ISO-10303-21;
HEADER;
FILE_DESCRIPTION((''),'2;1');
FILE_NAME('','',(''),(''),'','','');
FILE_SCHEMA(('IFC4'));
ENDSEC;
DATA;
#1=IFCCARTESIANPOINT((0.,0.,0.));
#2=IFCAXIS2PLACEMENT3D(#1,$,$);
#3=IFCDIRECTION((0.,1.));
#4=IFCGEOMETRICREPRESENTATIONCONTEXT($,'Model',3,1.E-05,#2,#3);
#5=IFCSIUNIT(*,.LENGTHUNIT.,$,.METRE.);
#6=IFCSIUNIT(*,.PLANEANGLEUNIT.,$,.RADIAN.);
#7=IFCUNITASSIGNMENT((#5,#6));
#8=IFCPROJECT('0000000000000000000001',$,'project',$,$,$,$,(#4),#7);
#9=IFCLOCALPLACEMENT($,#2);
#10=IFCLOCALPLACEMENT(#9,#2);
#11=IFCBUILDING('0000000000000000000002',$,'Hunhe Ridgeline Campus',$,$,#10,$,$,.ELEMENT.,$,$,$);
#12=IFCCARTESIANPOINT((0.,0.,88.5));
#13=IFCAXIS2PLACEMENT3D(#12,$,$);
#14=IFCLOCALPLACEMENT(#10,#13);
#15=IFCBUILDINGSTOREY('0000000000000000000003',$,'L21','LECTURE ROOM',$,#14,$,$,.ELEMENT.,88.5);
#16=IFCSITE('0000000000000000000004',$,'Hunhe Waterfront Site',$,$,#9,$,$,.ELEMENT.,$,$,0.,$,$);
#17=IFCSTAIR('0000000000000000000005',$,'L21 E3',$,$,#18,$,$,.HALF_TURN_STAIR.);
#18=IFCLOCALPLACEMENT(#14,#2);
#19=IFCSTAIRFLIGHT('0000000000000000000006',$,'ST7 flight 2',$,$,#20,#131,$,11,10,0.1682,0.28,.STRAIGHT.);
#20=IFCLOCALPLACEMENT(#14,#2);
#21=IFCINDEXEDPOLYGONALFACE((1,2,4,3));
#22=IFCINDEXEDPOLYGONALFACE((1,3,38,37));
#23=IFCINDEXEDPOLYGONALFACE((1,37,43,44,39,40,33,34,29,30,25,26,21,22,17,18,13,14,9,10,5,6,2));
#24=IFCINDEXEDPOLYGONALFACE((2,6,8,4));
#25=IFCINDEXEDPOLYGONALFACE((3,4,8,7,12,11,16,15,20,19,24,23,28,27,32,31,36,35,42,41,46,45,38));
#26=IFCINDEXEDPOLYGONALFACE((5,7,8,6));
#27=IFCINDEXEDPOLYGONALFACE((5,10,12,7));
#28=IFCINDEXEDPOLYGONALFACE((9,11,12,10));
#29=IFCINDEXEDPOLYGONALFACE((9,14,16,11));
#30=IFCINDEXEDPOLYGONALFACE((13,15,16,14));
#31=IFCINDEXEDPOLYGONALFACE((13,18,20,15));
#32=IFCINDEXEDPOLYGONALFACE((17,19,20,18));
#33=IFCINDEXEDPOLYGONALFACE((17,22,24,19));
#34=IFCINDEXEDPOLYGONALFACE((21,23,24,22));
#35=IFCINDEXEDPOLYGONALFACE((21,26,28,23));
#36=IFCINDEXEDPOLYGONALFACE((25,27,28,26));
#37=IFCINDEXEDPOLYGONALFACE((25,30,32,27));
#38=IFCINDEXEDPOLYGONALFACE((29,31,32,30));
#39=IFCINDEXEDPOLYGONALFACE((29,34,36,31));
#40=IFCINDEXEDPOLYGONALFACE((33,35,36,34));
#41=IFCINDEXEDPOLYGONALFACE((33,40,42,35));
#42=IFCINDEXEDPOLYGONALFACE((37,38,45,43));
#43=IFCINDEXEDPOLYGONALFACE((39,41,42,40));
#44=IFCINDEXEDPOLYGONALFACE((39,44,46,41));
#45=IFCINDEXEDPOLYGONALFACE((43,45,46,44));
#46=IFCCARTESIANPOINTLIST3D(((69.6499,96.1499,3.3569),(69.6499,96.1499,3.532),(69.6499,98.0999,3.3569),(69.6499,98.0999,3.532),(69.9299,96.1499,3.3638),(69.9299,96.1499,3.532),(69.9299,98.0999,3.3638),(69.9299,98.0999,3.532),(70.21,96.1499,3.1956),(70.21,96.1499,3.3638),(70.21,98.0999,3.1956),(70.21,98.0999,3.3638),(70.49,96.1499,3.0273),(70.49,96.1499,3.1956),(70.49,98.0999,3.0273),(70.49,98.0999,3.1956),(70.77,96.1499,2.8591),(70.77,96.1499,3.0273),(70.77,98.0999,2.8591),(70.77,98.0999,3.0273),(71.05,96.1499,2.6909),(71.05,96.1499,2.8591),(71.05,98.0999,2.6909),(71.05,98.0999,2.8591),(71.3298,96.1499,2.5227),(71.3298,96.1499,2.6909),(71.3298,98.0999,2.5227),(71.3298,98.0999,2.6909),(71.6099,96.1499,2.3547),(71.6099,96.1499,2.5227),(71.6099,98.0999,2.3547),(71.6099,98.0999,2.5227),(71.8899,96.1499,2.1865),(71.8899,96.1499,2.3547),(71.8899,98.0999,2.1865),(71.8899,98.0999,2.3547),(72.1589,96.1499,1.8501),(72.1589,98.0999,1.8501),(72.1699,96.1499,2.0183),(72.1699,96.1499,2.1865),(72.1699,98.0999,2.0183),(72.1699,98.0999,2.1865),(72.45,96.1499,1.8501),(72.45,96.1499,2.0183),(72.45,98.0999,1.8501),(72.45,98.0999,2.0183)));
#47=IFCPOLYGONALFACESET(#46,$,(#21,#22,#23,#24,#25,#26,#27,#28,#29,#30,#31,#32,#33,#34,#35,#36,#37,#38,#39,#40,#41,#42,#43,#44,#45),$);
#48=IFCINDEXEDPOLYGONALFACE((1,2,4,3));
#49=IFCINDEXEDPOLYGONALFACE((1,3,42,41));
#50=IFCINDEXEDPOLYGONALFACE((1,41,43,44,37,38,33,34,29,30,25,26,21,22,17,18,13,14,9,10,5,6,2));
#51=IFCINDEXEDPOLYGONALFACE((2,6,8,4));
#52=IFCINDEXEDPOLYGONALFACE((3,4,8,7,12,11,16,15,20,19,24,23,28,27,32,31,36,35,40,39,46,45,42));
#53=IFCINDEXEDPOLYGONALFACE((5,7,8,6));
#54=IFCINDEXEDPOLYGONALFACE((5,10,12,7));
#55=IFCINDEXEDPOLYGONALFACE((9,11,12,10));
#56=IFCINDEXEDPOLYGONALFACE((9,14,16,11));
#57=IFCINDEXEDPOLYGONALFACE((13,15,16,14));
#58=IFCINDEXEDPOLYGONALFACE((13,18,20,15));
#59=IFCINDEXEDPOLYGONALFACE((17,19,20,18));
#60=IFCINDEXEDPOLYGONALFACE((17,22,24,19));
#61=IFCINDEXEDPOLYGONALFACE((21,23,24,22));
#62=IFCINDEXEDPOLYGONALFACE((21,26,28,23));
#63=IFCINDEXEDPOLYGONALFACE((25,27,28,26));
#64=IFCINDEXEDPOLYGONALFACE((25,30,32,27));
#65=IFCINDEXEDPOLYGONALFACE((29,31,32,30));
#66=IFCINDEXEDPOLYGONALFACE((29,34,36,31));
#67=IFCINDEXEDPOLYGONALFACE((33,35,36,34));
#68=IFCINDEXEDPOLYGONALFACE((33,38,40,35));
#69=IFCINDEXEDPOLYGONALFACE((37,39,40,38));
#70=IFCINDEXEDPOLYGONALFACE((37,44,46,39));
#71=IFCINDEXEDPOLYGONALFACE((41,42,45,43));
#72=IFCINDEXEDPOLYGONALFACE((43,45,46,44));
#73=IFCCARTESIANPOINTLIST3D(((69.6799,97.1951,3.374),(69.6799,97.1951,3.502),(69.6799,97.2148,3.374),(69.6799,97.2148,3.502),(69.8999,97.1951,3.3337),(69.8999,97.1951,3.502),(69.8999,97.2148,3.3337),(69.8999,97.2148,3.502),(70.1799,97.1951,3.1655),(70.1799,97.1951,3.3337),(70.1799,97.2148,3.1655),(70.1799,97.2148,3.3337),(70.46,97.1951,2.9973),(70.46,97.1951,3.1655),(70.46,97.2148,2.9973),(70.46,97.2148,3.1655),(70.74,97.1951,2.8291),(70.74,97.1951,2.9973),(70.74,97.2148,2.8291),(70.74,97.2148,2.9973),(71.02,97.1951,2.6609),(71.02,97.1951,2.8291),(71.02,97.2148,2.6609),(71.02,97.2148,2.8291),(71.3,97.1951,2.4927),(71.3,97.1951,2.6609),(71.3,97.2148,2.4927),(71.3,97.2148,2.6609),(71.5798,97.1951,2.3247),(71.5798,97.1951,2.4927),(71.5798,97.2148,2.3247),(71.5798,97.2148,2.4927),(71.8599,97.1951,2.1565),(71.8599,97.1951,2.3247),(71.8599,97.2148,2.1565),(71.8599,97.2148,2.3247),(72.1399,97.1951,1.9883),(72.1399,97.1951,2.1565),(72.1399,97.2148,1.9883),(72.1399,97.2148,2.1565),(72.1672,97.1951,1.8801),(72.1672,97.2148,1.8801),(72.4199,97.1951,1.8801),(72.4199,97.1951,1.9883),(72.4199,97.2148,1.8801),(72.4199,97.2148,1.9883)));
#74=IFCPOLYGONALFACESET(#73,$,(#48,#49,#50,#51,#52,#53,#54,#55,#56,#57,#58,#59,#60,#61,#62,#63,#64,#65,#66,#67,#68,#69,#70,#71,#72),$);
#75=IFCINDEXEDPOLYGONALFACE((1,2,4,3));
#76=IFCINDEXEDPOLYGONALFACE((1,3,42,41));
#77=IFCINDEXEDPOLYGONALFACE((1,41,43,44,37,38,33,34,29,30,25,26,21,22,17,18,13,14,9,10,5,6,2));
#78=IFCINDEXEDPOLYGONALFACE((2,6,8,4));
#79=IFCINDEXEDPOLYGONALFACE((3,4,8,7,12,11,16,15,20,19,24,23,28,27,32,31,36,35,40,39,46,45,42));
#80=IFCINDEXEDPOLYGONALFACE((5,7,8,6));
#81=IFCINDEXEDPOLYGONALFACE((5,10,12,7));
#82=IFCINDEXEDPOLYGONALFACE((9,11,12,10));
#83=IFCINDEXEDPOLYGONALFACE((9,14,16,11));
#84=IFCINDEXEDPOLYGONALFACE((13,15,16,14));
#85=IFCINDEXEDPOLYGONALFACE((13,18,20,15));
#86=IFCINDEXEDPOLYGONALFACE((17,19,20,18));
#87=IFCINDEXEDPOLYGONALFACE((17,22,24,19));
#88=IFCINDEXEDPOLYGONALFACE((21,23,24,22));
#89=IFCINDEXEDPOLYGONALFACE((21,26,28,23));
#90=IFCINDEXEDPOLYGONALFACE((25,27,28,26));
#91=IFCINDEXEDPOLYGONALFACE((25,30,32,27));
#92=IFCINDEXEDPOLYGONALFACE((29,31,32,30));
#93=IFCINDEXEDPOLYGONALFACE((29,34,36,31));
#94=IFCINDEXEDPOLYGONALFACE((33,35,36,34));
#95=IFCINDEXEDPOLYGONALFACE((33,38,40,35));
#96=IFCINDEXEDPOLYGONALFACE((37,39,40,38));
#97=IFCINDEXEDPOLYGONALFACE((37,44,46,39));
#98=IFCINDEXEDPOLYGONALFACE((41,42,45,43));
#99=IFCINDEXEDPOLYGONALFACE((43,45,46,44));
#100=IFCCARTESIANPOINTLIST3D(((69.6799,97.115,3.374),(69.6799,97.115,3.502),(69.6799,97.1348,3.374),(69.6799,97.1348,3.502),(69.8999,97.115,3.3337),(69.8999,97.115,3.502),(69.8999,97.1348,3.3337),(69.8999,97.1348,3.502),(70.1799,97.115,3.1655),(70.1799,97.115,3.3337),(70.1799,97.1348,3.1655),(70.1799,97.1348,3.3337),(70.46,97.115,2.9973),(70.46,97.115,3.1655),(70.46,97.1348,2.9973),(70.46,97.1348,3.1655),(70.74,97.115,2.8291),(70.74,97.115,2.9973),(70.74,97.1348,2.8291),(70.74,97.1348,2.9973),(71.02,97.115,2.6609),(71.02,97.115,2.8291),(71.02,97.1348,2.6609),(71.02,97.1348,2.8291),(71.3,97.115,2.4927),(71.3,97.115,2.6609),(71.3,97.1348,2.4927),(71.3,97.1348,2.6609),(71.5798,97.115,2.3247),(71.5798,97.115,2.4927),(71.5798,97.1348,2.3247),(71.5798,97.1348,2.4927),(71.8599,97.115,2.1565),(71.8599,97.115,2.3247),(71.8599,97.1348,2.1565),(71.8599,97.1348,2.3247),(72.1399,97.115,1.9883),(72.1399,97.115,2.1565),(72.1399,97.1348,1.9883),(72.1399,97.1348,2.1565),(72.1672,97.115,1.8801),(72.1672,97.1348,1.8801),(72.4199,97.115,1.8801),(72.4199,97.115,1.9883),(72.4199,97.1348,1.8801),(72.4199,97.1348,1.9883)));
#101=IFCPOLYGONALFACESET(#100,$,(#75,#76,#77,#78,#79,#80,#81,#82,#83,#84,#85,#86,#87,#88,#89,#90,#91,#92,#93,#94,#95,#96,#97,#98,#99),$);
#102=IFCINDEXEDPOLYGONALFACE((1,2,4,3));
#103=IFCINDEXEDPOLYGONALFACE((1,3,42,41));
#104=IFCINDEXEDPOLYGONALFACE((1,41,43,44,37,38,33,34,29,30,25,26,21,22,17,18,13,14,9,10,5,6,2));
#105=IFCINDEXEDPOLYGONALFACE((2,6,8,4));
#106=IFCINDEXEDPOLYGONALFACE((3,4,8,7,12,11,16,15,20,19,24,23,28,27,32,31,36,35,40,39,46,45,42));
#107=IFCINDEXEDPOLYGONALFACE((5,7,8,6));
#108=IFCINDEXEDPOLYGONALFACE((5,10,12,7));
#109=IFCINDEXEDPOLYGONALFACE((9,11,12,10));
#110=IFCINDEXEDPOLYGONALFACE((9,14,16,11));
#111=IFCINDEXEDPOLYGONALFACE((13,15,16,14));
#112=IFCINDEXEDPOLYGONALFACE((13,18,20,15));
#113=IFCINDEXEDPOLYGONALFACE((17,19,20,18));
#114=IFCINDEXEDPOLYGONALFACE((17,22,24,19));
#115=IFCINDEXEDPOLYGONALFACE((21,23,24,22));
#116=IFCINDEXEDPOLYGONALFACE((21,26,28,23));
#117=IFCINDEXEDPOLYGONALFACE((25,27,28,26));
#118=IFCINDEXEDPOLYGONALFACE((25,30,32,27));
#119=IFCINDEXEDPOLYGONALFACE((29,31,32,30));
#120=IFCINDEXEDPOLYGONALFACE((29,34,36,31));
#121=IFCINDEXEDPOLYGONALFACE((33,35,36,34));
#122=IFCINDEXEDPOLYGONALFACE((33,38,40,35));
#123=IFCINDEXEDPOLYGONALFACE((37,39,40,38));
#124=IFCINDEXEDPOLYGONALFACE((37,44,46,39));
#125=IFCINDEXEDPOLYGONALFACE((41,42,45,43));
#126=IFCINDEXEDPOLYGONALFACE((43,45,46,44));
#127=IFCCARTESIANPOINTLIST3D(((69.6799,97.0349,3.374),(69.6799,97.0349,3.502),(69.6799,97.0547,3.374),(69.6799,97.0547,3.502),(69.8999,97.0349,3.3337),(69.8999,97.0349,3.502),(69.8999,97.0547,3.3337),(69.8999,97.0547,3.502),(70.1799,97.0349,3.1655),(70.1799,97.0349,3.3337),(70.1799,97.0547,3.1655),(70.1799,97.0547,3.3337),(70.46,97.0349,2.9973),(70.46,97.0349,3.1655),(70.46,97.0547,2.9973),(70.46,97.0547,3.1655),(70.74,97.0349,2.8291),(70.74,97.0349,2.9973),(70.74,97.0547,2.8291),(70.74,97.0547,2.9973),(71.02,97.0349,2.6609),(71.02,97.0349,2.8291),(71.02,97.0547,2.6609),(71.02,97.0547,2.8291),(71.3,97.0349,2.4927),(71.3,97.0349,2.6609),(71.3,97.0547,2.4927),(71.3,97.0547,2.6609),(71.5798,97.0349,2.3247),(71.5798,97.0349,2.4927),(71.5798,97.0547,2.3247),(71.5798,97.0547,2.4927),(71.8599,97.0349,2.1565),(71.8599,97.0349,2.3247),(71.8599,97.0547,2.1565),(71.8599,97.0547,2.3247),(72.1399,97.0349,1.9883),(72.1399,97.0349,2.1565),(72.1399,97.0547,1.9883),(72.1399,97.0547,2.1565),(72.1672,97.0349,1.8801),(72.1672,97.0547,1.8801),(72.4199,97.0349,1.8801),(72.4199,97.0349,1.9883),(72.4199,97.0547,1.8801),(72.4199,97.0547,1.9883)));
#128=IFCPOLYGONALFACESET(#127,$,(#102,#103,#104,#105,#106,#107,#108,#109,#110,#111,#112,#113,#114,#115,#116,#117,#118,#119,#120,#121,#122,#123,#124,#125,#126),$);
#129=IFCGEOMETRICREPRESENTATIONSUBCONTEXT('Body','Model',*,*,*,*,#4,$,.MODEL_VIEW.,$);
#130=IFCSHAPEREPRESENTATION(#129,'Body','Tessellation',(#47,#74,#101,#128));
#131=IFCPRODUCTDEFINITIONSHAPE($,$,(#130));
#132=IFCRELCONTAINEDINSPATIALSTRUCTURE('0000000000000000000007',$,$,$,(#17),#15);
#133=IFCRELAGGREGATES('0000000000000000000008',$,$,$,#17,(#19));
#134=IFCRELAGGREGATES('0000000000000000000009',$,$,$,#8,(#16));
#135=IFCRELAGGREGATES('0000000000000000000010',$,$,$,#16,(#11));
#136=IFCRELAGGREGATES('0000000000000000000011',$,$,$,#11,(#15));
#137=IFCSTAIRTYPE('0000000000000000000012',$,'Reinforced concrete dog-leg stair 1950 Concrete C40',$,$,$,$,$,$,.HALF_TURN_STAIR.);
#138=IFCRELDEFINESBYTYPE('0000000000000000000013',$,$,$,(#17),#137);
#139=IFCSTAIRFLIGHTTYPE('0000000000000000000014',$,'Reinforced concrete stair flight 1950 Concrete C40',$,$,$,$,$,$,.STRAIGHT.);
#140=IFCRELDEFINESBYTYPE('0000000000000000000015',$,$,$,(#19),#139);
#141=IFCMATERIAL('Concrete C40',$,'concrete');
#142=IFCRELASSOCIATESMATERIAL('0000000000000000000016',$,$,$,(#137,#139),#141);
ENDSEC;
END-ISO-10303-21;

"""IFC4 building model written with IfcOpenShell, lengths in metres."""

from ifc_helpers import new_model, si_unit, direction, frame, origin, place, context, subcontext, project, spatial, polyline, outline, extrude, material, type_object, element, aggregate, save


model = new_model("IFC4")

# Units and contexts
model_context = context("Model", 3, precision=1e-05, world=origin(), true_north=direction((0.0, 1.0)))
body_context = subcontext(model_context, "Body", "Model", "MODEL_VIEW")
ifc_project = project(units=[si_unit("LENGTHUNIT", "METRE"), si_unit("PLANEANGLEUNIT", "RADIAN")], contexts=[model_context])

# Site, building, storey
site_placement = place(None, origin())
site = spatial("IfcSite", under=ifc_project, at=site_placement, Name="Hunhe Waterfront Site", CompositionType="ELEMENT", RefElevation=0.0)
building_placement = place(site_placement, origin())
building = spatial("IfcBuilding", under=site, at=building_placement, Name="Hunhe Ridgeline Campus", CompositionType="ELEMENT")
storey_placement = place(building_placement, frame((0.0, 0.0, 88.5)))
storey = spatial("IfcBuildingStorey", under=building, at=storey_placement, Name="L21", Description="LECTURE ROOM", CompositionType="ELEMENT", Elevation=88.5)

# Stair, stair flight
ifc_material_1 = material(Name="Concrete C40", Category="concrete")
stair_type = type_object("IfcStairType", Name="Reinforced concrete dog-leg stair 1950 Concrete C40", PredefinedType="HALF_TURN_STAIR", material=ifc_material_1)
stair_placement = place(storey_placement, origin())
stair = element("IfcStair", 1, at=stair_placement, inside=storey, type_object=stair_type, Name="L21 E3", PredefinedType="HALF_TURN_STAIR")
stair_flight_type = type_object("IfcStairFlightType", Name="Reinforced concrete stair flight 1950 Concrete C40", PredefinedType="STRAIGHT", material=ifc_material_1)
stair_flight_placement = place(storey_placement, frame((72.45, 97.125, 1.8501), z_axis=(0.0, 0.0, 1.0), x_axis=(-1.0, 0.0, 0.0)))
stair_flight = element("IfcStairFlight", 2, at=stair_flight_placement, type_object=stair_flight_type, Name="ST7 flight 2", NumberOfRisers=11, NumberOfTreads=10, PredefinedType="STRAIGHT", RiserHeight=0.1682, TreadLength=0.28, context=body_context, shape_type="SweptSolid", body=[
    extrude(outline(polyline([(0.0, 0.0), (0.0, 0.1682), (0.28, 0.1682), (0.28, 0.3364), (0.5601, 0.3364), (0.5601, 0.5046), (0.8401, 0.5046), (0.8401, 0.6726), (1.1201, 0.6726), (1.1201, 0.8408), (1.3999, 0.8408), (1.3999, 1.009), (1.6799, 1.009), (1.6799, 1.1772), (1.96, 1.1772), (1.96, 1.3455), (2.24, 1.3455), (2.24, 1.5137), (2.52, 1.5137), (2.52, 1.6819), (2.8, 1.6819), (2.8, 1.8501), (2.8, 1.5068), (0.291, 0.0), (0.0, 0.0)])), frame((0.0, 0.9751, 0.0), z_axis=(0.0, -1.0, 0.0), x_axis=(1.0, 0.0, 0.0)), (0.0, 0.0, 1.0), 1.95),
    extrude(outline(polyline([(0.03, 0.03), (0.03, 0.1382), (0.3101, 0.1382), (0.3101, 0.3064), (0.5901, 0.3064), (0.5901, 0.4746), (0.8701, 0.4746), (0.8701, 0.6426), (1.1499, 0.6426), (1.1499, 0.8108), (1.4299, 0.8108), (1.4299, 0.979), (1.71, 0.979), (1.71, 1.1472), (1.99, 1.1472), (1.99, 1.3154), (2.27, 1.3154), (2.27, 1.4836), (2.55, 1.4836), (2.55, 1.6519), (2.77, 1.6519), (2.77, 1.5239), (0.2827, 0.03), (0.03, 0.03)])), frame((0.0, -0.0701, 0.0), z_axis=(0.0, -1.0, 0.0), x_axis=(1.0, 0.0, 0.0)), (0.0, 0.0, 1.0), 0.0198),
    extrude(outline(polyline([(0.03, 0.03), (0.03, 0.1382), (0.3101, 0.1382), (0.3101, 0.3064), (0.5901, 0.3064), (0.5901, 0.4746), (0.8701, 0.4746), (0.8701, 0.6426), (1.1499, 0.6426), (1.1499, 0.8108), (1.4299, 0.8108), (1.4299, 0.979), (1.71, 0.979), (1.71, 1.1472), (1.99, 1.1472), (1.99, 1.3154), (2.27, 1.3154), (2.27, 1.4836), (2.55, 1.4836), (2.55, 1.6519), (2.77, 1.6519), (2.77, 1.5239), (0.2827, 0.03), (0.03, 0.03)])), frame((0.0, 0.01, 0.0), z_axis=(0.0, -1.0, 0.0), x_axis=(1.0, 0.0, 0.0)), (0.0, 0.0, 1.0), 0.0198),
    extrude(outline(polyline([(0.03, 0.03), (0.03, 0.1382), (0.3101, 0.1382), (0.3101, 0.3064), (0.5901, 0.3064), (0.5901, 0.4746), (0.8701, 0.4746), (0.8701, 0.6426), (1.1499, 0.6426), (1.1499, 0.8108), (1.4299, 0.8108), (1.4299, 0.979), (1.71, 0.979), (1.71, 1.1472), (1.99, 1.1472), (1.99, 1.3154), (2.27, 1.3154), (2.27, 1.4836), (2.55, 1.4836), (2.55, 1.6519), (2.77, 1.6519), (2.77, 1.5239), (0.2827, 0.03), (0.03, 0.03)])), frame((0.0, 0.0901, 0.0), z_axis=(0.0, -1.0, 0.0), x_axis=(1.0, 0.0, 0.0)), (0.0, 0.0, 1.0), 0.0198),
])
aggregate(stair, [stair_flight])

save(model, "model.ifc")
